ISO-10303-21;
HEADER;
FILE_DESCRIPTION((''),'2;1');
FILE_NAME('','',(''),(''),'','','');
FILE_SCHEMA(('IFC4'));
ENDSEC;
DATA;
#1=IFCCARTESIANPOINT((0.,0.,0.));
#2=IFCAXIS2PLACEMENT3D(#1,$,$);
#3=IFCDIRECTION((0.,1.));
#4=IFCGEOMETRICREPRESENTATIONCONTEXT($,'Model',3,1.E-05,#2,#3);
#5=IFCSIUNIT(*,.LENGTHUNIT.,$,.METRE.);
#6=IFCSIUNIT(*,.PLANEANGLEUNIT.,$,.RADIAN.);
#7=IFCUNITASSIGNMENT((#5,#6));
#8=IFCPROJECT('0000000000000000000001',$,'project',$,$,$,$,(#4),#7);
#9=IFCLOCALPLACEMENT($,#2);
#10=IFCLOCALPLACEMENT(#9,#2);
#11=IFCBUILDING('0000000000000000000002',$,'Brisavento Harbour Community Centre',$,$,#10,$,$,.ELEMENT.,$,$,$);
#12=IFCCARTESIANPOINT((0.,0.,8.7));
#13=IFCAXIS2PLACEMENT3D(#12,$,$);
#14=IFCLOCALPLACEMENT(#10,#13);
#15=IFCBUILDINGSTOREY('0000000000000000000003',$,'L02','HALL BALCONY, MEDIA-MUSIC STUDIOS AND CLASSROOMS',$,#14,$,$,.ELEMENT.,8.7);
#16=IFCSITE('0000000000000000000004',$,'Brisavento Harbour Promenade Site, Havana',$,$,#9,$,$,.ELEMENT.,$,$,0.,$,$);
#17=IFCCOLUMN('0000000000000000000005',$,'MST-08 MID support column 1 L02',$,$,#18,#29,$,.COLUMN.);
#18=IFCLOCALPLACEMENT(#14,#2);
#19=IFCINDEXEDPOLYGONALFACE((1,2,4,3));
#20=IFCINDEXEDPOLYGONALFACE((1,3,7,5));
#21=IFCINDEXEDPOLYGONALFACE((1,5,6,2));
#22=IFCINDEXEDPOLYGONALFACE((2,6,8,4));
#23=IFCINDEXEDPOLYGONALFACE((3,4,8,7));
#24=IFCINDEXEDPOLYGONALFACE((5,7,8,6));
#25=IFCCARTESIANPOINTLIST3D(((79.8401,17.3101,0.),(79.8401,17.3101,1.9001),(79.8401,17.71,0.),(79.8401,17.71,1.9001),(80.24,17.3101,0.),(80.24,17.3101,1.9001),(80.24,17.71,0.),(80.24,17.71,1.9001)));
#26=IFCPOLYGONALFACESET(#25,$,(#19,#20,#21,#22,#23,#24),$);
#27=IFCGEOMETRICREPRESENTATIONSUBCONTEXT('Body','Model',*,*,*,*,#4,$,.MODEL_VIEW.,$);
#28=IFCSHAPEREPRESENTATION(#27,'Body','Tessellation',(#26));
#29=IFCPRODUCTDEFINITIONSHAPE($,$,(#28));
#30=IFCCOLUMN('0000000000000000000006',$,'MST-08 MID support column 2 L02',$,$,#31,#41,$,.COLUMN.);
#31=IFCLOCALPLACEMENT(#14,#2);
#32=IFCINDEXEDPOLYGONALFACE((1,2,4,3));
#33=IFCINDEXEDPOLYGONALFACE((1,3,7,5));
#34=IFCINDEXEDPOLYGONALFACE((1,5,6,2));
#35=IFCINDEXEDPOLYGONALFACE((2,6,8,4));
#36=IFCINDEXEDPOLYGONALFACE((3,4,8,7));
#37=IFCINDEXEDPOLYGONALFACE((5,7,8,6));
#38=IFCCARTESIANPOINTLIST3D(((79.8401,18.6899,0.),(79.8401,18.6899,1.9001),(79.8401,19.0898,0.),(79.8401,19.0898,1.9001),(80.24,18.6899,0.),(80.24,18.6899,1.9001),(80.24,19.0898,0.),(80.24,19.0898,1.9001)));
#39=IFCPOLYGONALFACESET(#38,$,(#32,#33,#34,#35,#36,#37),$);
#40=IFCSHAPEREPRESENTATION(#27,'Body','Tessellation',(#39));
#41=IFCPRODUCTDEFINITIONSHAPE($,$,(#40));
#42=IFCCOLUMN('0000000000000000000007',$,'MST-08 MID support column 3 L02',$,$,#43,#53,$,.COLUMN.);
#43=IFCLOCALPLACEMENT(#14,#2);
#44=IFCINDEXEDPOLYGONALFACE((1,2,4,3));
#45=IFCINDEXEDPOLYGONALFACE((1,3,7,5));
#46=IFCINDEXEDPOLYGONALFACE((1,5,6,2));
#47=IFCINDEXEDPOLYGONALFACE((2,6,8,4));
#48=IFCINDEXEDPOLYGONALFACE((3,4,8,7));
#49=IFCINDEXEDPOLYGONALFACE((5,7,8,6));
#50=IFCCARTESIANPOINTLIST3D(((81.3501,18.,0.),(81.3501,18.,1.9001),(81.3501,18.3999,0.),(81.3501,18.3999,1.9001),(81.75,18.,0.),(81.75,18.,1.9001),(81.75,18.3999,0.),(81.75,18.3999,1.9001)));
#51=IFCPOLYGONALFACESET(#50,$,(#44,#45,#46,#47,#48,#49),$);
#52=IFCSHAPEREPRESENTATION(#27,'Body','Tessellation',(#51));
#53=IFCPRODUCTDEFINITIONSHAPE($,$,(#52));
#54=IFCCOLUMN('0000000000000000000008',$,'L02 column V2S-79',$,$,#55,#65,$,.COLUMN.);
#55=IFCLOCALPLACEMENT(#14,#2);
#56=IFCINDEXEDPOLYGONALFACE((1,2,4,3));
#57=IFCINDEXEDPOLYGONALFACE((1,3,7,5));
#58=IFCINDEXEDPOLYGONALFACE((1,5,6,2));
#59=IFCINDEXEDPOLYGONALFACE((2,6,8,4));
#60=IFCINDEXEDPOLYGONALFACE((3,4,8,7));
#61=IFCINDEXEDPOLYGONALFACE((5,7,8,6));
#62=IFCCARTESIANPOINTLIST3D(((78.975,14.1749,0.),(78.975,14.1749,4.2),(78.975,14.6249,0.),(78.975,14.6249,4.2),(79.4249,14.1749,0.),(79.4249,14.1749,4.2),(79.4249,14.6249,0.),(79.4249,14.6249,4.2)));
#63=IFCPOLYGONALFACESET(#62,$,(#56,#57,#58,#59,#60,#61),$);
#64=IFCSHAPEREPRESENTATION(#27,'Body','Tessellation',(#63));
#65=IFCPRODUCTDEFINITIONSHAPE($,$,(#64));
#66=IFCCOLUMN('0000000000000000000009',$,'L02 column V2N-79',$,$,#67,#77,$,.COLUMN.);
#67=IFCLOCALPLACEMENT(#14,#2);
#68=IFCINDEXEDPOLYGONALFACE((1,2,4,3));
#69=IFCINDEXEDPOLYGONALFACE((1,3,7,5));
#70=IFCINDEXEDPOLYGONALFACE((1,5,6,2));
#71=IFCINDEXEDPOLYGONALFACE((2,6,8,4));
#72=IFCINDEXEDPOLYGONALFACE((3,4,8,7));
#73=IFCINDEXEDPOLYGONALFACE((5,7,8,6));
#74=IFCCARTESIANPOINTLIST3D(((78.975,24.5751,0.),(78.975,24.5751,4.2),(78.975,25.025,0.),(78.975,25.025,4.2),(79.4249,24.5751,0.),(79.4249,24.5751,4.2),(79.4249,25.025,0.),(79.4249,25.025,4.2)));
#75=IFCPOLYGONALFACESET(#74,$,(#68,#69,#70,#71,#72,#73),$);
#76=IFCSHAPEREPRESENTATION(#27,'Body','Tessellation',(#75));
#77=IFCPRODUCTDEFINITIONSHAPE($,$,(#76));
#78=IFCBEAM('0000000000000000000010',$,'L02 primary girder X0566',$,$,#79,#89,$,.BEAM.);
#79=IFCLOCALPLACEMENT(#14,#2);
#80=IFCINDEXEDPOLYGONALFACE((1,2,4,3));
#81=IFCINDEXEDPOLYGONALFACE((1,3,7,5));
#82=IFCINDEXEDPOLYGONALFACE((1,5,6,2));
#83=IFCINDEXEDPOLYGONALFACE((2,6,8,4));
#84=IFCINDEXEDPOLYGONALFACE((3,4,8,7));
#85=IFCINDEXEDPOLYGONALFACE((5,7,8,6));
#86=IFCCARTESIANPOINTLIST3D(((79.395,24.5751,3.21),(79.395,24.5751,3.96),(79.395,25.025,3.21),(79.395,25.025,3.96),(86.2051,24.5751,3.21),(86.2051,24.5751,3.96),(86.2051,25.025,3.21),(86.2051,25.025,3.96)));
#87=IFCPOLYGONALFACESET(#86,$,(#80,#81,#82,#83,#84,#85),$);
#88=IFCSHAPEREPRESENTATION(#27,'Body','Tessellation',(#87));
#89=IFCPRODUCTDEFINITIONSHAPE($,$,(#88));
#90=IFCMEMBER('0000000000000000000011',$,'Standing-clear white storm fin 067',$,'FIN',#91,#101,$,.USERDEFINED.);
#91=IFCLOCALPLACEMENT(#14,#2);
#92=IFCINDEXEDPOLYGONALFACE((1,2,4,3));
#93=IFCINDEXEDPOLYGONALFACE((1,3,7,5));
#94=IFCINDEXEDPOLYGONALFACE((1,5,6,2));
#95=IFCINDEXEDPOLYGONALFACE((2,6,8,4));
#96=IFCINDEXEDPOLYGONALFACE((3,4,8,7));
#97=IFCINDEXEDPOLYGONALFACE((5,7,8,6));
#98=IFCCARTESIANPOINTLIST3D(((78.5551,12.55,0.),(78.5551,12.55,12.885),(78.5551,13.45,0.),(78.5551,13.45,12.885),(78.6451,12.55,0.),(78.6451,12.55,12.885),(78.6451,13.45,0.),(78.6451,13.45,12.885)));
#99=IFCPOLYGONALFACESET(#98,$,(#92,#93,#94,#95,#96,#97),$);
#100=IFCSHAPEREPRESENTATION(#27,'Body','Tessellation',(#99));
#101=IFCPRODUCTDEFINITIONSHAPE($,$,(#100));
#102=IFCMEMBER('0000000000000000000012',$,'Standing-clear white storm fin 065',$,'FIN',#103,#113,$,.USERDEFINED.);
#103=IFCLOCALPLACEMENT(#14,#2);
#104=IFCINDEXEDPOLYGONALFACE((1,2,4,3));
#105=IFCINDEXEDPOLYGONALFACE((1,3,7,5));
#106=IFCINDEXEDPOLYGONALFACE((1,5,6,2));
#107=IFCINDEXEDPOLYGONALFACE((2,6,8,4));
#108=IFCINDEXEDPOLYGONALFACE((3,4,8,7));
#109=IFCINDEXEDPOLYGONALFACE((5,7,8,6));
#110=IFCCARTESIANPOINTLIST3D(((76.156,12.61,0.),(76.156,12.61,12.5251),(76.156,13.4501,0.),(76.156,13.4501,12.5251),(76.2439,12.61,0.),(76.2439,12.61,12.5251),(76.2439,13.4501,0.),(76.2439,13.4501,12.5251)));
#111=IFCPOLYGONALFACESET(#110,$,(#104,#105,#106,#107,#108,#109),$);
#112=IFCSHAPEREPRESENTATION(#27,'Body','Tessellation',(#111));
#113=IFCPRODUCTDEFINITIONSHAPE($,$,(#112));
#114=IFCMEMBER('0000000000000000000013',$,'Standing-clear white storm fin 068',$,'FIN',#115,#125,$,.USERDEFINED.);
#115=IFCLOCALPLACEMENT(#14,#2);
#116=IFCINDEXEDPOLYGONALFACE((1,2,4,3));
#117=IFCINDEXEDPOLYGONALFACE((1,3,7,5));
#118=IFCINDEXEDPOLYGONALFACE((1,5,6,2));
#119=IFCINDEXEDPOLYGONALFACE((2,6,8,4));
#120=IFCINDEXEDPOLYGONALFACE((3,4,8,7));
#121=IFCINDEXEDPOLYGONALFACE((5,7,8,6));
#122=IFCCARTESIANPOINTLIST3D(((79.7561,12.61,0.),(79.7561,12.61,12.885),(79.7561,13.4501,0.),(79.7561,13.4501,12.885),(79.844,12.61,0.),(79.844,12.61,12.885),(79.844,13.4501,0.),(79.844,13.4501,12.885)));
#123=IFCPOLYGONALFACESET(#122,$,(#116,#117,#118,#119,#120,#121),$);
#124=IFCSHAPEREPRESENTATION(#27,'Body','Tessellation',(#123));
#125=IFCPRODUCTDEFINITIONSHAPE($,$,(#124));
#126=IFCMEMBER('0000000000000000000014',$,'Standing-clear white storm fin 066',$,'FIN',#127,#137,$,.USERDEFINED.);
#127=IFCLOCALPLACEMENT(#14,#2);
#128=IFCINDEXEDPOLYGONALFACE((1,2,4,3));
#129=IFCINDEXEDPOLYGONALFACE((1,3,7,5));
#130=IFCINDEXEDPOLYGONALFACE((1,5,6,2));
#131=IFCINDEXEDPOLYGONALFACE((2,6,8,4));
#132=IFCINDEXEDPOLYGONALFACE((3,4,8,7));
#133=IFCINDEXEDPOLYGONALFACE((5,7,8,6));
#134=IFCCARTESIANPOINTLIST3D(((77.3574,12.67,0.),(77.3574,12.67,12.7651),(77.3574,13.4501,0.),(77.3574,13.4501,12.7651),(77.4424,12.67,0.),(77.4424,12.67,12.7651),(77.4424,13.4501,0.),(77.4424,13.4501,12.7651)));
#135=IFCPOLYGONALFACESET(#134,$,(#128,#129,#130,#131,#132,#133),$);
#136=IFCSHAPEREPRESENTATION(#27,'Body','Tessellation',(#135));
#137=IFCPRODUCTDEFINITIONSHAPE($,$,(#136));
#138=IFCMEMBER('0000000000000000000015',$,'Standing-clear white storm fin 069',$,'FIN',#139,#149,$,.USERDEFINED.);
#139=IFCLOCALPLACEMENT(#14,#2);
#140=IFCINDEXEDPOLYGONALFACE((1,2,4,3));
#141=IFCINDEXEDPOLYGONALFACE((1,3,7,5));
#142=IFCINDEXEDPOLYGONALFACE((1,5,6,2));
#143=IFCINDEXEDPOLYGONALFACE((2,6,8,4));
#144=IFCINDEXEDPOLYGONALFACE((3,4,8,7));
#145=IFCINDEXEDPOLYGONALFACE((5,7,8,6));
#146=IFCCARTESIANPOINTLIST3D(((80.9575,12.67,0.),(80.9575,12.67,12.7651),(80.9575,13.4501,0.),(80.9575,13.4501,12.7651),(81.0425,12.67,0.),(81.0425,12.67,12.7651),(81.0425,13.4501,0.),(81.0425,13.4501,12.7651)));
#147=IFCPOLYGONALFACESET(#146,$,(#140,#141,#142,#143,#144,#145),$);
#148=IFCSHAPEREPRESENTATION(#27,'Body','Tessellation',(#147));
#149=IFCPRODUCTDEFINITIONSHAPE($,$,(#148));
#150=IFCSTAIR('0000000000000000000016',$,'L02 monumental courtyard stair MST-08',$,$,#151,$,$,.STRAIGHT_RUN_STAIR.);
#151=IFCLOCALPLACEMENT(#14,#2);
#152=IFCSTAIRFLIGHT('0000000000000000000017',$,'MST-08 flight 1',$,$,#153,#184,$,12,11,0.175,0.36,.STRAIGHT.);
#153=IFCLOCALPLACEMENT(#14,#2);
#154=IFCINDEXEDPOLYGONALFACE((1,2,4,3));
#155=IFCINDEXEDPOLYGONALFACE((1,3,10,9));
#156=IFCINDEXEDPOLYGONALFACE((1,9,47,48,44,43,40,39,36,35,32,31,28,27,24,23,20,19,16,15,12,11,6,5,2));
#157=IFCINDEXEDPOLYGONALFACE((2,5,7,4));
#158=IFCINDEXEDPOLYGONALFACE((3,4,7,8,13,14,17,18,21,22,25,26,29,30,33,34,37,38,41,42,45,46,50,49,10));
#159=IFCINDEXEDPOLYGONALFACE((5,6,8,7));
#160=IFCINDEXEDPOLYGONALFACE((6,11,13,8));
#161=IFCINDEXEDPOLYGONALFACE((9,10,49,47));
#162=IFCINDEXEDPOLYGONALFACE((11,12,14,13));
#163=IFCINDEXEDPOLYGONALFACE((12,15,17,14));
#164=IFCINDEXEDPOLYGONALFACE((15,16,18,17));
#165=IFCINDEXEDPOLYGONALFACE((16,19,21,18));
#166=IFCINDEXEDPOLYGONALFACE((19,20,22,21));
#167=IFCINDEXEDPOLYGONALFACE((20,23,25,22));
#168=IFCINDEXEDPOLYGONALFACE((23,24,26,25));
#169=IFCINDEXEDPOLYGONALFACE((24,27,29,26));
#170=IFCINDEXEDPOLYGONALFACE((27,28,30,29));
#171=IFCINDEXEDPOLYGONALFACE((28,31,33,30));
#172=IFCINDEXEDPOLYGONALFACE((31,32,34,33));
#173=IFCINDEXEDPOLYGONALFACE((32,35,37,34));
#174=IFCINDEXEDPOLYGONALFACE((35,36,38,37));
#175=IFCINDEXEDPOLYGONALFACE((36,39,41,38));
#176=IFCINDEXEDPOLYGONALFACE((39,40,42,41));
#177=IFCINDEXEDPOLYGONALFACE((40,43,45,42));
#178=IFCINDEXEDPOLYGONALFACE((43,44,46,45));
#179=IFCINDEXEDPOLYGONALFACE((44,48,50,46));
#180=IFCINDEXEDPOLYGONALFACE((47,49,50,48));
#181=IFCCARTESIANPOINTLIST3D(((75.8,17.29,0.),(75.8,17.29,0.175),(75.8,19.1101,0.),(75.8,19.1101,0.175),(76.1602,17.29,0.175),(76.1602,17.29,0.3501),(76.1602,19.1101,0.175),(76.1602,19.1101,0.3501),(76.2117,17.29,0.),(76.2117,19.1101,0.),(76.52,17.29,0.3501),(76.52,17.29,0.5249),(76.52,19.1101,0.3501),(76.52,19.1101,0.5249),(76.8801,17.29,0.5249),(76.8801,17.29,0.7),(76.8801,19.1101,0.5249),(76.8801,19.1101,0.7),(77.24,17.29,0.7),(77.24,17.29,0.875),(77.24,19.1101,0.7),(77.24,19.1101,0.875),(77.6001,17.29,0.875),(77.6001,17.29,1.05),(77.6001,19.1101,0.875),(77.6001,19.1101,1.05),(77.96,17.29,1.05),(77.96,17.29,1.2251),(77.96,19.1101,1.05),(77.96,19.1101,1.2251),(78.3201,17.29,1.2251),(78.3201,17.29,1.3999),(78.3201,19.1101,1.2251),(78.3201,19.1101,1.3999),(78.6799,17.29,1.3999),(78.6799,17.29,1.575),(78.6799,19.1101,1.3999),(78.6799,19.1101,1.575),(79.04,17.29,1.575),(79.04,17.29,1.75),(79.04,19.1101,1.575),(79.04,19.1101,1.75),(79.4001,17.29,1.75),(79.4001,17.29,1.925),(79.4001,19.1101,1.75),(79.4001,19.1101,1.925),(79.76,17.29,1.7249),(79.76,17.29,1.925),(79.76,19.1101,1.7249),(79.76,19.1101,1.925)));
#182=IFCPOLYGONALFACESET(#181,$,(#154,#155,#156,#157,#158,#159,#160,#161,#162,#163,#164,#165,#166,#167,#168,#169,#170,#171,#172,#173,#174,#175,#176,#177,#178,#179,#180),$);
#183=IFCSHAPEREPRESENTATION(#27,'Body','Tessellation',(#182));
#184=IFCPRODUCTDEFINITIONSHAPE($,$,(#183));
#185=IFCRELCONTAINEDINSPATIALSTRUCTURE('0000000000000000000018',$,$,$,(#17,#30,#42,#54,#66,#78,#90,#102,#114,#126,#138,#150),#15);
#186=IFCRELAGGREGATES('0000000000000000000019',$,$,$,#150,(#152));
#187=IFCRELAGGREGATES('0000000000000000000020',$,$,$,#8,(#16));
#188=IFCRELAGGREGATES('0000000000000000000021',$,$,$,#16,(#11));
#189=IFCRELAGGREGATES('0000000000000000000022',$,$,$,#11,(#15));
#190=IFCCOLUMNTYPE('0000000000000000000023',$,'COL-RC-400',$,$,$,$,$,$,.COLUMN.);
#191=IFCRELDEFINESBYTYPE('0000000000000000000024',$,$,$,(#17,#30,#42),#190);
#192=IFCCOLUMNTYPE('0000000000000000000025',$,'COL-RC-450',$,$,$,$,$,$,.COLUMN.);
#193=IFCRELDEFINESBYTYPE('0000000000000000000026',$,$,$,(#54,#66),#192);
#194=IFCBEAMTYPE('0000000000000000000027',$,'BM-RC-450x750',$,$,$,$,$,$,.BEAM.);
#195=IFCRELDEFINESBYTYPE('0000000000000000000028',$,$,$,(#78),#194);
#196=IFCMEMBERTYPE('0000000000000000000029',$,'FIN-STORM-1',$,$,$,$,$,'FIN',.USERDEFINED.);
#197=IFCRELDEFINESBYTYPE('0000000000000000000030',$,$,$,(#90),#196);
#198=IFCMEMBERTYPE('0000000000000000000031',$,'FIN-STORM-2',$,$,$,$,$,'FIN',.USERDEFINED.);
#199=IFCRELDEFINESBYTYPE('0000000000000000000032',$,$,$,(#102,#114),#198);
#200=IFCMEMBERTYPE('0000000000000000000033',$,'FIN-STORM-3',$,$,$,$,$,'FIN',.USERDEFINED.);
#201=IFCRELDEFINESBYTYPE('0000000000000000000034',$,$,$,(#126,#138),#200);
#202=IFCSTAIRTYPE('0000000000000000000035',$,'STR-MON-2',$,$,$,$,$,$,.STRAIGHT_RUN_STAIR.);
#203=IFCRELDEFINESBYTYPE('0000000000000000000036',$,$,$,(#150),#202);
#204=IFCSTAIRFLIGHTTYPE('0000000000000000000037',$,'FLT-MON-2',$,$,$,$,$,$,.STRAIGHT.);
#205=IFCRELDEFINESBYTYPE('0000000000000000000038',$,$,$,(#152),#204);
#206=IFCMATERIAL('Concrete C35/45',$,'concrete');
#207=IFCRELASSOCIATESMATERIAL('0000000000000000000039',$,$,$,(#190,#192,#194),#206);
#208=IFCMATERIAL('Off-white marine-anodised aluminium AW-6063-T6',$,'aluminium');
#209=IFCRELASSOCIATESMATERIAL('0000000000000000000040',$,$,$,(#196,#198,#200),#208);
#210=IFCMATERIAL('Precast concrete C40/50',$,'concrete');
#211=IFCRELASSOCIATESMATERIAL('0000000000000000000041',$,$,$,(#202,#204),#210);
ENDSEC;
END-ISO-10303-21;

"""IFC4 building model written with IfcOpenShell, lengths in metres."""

from ifc_helpers import new_model, si_unit, direction, frame, origin, origin_2d, place, context, subcontext, project, spatial, polyline, rectangle, outline, extrude, material, material_profile, profile_set, type_object, element, aggregate, save


model = new_model("IFC4")

# Units and contexts
model_context = context("Model", 3, precision=1e-05, world=origin(), true_north=direction((0.0, 1.0)))
body_context = subcontext(model_context, "Body", "Model", "MODEL_VIEW")
ifc_project = project(units=[si_unit("LENGTHUNIT", "METRE"), si_unit("PLANEANGLEUNIT", "RADIAN")], contexts=[model_context])

# Site, building, storey
site_placement = place(None, origin())
site = spatial("IfcSite", under=ifc_project, at=site_placement, Name="Brisavento Harbour Promenade Site, Havana", CompositionType="ELEMENT", RefElevation=0.0)
building_placement = place(site_placement, origin())
building = spatial("IfcBuilding", under=site, at=building_placement, Name="Brisavento Harbour Community Centre", CompositionType="ELEMENT")
storey_placement = place(building_placement, frame((0.0, 0.0, 8.7)))
storey = spatial("IfcBuildingStorey", under=building, at=storey_placement, Name="L02", Description="HALL BALCONY, MEDIA-MUSIC STUDIOS AND CLASSROOMS", CompositionType="ELEMENT", Elevation=8.7)

# Columns
ifc_material_1 = material(Name="Concrete C35/45", Category="concrete")
ifc_material_profile_1 = material_profile(ifc_material_1, rectangle(XDim=0.3999, YDim=0.3999, at=origin_2d()), Name="Concrete C35/45")
ifc_profile_set_1 = profile_set([ifc_material_profile_1], Name="Concrete C35/45")
column_type_1 = type_object("IfcColumnType", Name="COL-RC-400", PredefinedType="COLUMN", material=ifc_profile_set_1)
for number, where, z_axis, x_axis, name in (
    (1, (80.04, 17.51, 0.0), (0.0, 0.0, 1.0), (1.0, 0.0, 0.0), "MST-08 MID support column 1 L02"),
    (2, (80.04, 18.8899, 0.0), (0.0, 0.0, 1.0), (1.0, 0.0, 0.0), "MST-08 MID support column 2 L02"),
    (3, (81.55, 18.2, 0.0), (0.0, 0.0, 1.0), (1.0, 0.0, 0.0), "MST-08 MID support column 3 L02"),
):
    element("IfcColumn", number, at=place(storey_placement, frame(where, z_axis=z_axis, x_axis=x_axis)), inside=storey, type_object=column_type_1, Name=name, PredefinedType="COLUMN", context=body_context, shape_type="SweptSolid", body=[
        extrude(rectangle(XDim=0.3999, YDim=0.3999, at=origin_2d()), origin(), (0.0, 0.0, 1.0), 1.9001),
    ])
ifc_material_profile_2 = material_profile(ifc_material_1, rectangle(XDim=0.45, YDim=0.45, at=origin_2d()), Name="Concrete C35/45")
ifc_profile_set_2 = profile_set([ifc_material_profile_2], Name="Concrete C35/45")
column_type_2 = type_object("IfcColumnType", Name="COL-RC-450", PredefinedType="COLUMN", material=ifc_profile_set_2)
for number, where, z_axis, x_axis, name in (
    (4, (79.2, 14.3999, 0.0), (0.0, 0.0, 1.0), (1.0, 0.0, 0.0), "L02 column V2S-79"),
    (5, (79.2, 24.8, 0.0), (0.0, 0.0, 1.0), (1.0, 0.0, 0.0), "L02 column V2N-79"),
):
    element("IfcColumn", number, at=place(storey_placement, frame(where, z_axis=z_axis, x_axis=x_axis)), inside=storey, type_object=column_type_2, Name=name, PredefinedType="COLUMN", context=body_context, shape_type="SweptSolid", body=[
        extrude(rectangle(XDim=0.45, YDim=0.45, at=origin_2d()), origin(), (0.0, 0.0, 1.0), 4.2),
    ])

# Beam
ifc_material_profile_3 = material_profile(ifc_material_1, rectangle(XDim=0.45, YDim=0.75, at=origin_2d()), Name="Concrete C35/45")
ifc_profile_set_3 = profile_set([ifc_material_profile_3], Name="Concrete C35/45")
beam_type = type_object("IfcBeamType", Name="BM-RC-450x750", PredefinedType="BEAM", material=ifc_profile_set_3)
beam_placement = place(storey_placement, frame((79.395, 24.8, 3.585), z_axis=(1.0, 0.0, 0.0), x_axis=(0.0, 1.0, 0.0)))
element("IfcBeam", 6, at=beam_placement, inside=storey, type_object=beam_type, Name="L02 primary girder X0566", PredefinedType="BEAM", context=body_context, shape_type="SweptSolid", body=[
    extrude(rectangle(XDim=0.45, YDim=0.75, at=origin_2d()), origin(), (0.0, 0.0, 1.0), 6.8101),
])

# Members
ifc_material_2 = material(Name="Off-white marine-anodised aluminium AW-6063-T6", Category="aluminium")
ifc_material_profile_4 = material_profile(ifc_material_2, rectangle(XDim=0.0901, YDim=0.8999, at=origin_2d()), Name="Off-white marine-anodised aluminium AW-6063-T6")
ifc_profile_set_4 = profile_set([ifc_material_profile_4], Name="Off-white marine-anodised aluminium AW-6063-T6")
member_type_1 = type_object("IfcMemberType", Name="FIN-STORM-1", ElementType="FIN", PredefinedType="USERDEFINED", material=ifc_profile_set_4)
member_1_placement = place(storey_placement, frame((78.6001, 13.0, 0.0), z_axis=(0.0, 0.0, 1.0), x_axis=(-1.0, 0.0, 0.0)))
element("IfcMember", 7, at=member_1_placement, inside=storey, type_object=member_type_1, Name="Standing-clear white storm fin 067", ObjectType="FIN", PredefinedType="USERDEFINED", context=body_context, shape_type="SweptSolid", body=[
    extrude(rectangle(XDim=0.0901, YDim=0.8999, at=origin_2d()), origin(), (0.0, 0.0, 1.0), 12.885),
])
ifc_material_profile_5 = material_profile(ifc_material_2, rectangle(XDim=0.0879, YDim=0.8401, at=origin_2d()), Name="Off-white marine-anodised aluminium AW-6063-T6")
ifc_profile_set_5 = profile_set([ifc_material_profile_5], Name="Off-white marine-anodised aluminium AW-6063-T6")
member_type_2 = type_object("IfcMemberType", Name="FIN-STORM-2", ElementType="FIN", PredefinedType="USERDEFINED", material=ifc_profile_set_5)
member_2_placement = place(storey_placement, frame((76.2, 13.03, 0.0), z_axis=(0.0, 0.0, 1.0), x_axis=(-1.0, 0.0, 0.0)))
element("IfcMember", 8, at=member_2_placement, inside=storey, type_object=member_type_2, Name="Standing-clear white storm fin 065", ObjectType="FIN", PredefinedType="USERDEFINED", context=body_context, shape_type="SweptSolid", body=[
    extrude(rectangle(XDim=0.0879, YDim=0.8401, at=origin_2d()), origin(), (0.0, 0.0, 1.0), 12.5251),
])
member_3_placement = place(storey_placement, frame((79.8, 13.03, 0.0), z_axis=(0.0, 0.0, 1.0), x_axis=(-1.0, 0.0, 0.0)))
element("IfcMember", 9, at=member_3_placement, inside=storey, type_object=member_type_2, Name="Standing-clear white storm fin 068", ObjectType="FIN", PredefinedType="USERDEFINED", context=body_context, shape_type="SweptSolid", body=[
    extrude(rectangle(XDim=0.0879, YDim=0.8401, at=origin_2d()), origin(), (0.0, 0.0, 1.0), 12.885),
])
ifc_material_profile_6 = material_profile(ifc_material_2, rectangle(XDim=0.085, YDim=0.78, at=origin_2d()), Name="Off-white marine-anodised aluminium AW-6063-T6")
ifc_profile_set_6 = profile_set([ifc_material_profile_6], Name="Off-white marine-anodised aluminium AW-6063-T6")
member_type_3 = type_object("IfcMemberType", Name="FIN-STORM-3", ElementType="FIN", PredefinedType="USERDEFINED", material=ifc_profile_set_6)
for number, where, z_axis, x_axis, name in (
    (10, (77.3999, 13.0601, 0.0), (0.0, 0.0, 1.0), (-1.0, 0.0, 0.0), "Standing-clear white storm fin 066"),
    (11, (81.0, 13.0601, 0.0), (0.0, 0.0, 1.0), (-1.0, 0.0, 0.0), "Standing-clear white storm fin 069"),
):
    element("IfcMember", number, at=place(storey_placement, frame(where, z_axis=z_axis, x_axis=x_axis)), inside=storey, type_object=member_type_3, Name=name, ObjectType="FIN", PredefinedType="USERDEFINED", context=body_context, shape_type="SweptSolid", body=[
        extrude(rectangle(XDim=0.085, YDim=0.78, at=origin_2d()), origin(), (0.0, 0.0, 1.0), 12.7651),
    ])

# Stair, stair flight
ifc_material_3 = material(Name="Precast concrete C40/50", Category="concrete")
stair_type = type_object("IfcStairType", Name="STR-MON-2", PredefinedType="STRAIGHT_RUN_STAIR", material=ifc_material_3)
stair_placement = place(storey_placement, origin())
stair = element("IfcStair", 12, at=stair_placement, inside=storey, type_object=stair_type, Name="L02 monumental courtyard stair MST-08", PredefinedType="STRAIGHT_RUN_STAIR")
stair_flight_type = type_object("IfcStairFlightType", Name="FLT-MON-2", PredefinedType="STRAIGHT", material=ifc_material_3)
stair_flight_placement = place(storey_placement, frame((75.8, 18.2, 0.0), z_axis=(0.0, 0.0, 1.0), x_axis=(1.0, 0.0, 0.0)))
stair_flight = element("IfcStairFlight", 13, at=stair_flight_placement, type_object=stair_flight_type, Name="MST-08 flight 1", NumberOfRisers=12, NumberOfTreads=11, PredefinedType="STRAIGHT", RiserHeight=0.175, TreadLength=0.36, context=body_context, shape_type="SweptSolid", body=[
    extrude(outline(polyline([(0.0, 0.0), (0.0, 0.175), (0.3601, 0.175), (0.3601, 0.3501), (0.72, 0.3501), (0.72, 0.5249), (1.0801, 0.5249), (1.0801, 0.7), (1.4399, 0.7), (1.4399, 0.875), (1.8, 0.875), (1.8, 1.05), (2.1599, 1.05), (2.1599, 1.2251), (2.52, 1.2251), (2.52, 1.3999), (2.8799, 1.3999), (2.8799, 1.575), (3.24, 1.575), (3.24, 1.75), (3.6001, 1.75), (3.6001, 1.925), (3.96, 1.925), (3.96, 2.1001), (3.96, 1.7249), (0.4116, 0.0), (0.0, 0.0)])), frame((0.0, 0.9102, 0.0), z_axis=(0.0, -1.0, 0.0), x_axis=(1.0, 0.0, 0.0)), (0.0, 0.0, 1.0), 1.8201),
])
aggregate(stair, [stair_flight])

save(model, "model.ifc")
